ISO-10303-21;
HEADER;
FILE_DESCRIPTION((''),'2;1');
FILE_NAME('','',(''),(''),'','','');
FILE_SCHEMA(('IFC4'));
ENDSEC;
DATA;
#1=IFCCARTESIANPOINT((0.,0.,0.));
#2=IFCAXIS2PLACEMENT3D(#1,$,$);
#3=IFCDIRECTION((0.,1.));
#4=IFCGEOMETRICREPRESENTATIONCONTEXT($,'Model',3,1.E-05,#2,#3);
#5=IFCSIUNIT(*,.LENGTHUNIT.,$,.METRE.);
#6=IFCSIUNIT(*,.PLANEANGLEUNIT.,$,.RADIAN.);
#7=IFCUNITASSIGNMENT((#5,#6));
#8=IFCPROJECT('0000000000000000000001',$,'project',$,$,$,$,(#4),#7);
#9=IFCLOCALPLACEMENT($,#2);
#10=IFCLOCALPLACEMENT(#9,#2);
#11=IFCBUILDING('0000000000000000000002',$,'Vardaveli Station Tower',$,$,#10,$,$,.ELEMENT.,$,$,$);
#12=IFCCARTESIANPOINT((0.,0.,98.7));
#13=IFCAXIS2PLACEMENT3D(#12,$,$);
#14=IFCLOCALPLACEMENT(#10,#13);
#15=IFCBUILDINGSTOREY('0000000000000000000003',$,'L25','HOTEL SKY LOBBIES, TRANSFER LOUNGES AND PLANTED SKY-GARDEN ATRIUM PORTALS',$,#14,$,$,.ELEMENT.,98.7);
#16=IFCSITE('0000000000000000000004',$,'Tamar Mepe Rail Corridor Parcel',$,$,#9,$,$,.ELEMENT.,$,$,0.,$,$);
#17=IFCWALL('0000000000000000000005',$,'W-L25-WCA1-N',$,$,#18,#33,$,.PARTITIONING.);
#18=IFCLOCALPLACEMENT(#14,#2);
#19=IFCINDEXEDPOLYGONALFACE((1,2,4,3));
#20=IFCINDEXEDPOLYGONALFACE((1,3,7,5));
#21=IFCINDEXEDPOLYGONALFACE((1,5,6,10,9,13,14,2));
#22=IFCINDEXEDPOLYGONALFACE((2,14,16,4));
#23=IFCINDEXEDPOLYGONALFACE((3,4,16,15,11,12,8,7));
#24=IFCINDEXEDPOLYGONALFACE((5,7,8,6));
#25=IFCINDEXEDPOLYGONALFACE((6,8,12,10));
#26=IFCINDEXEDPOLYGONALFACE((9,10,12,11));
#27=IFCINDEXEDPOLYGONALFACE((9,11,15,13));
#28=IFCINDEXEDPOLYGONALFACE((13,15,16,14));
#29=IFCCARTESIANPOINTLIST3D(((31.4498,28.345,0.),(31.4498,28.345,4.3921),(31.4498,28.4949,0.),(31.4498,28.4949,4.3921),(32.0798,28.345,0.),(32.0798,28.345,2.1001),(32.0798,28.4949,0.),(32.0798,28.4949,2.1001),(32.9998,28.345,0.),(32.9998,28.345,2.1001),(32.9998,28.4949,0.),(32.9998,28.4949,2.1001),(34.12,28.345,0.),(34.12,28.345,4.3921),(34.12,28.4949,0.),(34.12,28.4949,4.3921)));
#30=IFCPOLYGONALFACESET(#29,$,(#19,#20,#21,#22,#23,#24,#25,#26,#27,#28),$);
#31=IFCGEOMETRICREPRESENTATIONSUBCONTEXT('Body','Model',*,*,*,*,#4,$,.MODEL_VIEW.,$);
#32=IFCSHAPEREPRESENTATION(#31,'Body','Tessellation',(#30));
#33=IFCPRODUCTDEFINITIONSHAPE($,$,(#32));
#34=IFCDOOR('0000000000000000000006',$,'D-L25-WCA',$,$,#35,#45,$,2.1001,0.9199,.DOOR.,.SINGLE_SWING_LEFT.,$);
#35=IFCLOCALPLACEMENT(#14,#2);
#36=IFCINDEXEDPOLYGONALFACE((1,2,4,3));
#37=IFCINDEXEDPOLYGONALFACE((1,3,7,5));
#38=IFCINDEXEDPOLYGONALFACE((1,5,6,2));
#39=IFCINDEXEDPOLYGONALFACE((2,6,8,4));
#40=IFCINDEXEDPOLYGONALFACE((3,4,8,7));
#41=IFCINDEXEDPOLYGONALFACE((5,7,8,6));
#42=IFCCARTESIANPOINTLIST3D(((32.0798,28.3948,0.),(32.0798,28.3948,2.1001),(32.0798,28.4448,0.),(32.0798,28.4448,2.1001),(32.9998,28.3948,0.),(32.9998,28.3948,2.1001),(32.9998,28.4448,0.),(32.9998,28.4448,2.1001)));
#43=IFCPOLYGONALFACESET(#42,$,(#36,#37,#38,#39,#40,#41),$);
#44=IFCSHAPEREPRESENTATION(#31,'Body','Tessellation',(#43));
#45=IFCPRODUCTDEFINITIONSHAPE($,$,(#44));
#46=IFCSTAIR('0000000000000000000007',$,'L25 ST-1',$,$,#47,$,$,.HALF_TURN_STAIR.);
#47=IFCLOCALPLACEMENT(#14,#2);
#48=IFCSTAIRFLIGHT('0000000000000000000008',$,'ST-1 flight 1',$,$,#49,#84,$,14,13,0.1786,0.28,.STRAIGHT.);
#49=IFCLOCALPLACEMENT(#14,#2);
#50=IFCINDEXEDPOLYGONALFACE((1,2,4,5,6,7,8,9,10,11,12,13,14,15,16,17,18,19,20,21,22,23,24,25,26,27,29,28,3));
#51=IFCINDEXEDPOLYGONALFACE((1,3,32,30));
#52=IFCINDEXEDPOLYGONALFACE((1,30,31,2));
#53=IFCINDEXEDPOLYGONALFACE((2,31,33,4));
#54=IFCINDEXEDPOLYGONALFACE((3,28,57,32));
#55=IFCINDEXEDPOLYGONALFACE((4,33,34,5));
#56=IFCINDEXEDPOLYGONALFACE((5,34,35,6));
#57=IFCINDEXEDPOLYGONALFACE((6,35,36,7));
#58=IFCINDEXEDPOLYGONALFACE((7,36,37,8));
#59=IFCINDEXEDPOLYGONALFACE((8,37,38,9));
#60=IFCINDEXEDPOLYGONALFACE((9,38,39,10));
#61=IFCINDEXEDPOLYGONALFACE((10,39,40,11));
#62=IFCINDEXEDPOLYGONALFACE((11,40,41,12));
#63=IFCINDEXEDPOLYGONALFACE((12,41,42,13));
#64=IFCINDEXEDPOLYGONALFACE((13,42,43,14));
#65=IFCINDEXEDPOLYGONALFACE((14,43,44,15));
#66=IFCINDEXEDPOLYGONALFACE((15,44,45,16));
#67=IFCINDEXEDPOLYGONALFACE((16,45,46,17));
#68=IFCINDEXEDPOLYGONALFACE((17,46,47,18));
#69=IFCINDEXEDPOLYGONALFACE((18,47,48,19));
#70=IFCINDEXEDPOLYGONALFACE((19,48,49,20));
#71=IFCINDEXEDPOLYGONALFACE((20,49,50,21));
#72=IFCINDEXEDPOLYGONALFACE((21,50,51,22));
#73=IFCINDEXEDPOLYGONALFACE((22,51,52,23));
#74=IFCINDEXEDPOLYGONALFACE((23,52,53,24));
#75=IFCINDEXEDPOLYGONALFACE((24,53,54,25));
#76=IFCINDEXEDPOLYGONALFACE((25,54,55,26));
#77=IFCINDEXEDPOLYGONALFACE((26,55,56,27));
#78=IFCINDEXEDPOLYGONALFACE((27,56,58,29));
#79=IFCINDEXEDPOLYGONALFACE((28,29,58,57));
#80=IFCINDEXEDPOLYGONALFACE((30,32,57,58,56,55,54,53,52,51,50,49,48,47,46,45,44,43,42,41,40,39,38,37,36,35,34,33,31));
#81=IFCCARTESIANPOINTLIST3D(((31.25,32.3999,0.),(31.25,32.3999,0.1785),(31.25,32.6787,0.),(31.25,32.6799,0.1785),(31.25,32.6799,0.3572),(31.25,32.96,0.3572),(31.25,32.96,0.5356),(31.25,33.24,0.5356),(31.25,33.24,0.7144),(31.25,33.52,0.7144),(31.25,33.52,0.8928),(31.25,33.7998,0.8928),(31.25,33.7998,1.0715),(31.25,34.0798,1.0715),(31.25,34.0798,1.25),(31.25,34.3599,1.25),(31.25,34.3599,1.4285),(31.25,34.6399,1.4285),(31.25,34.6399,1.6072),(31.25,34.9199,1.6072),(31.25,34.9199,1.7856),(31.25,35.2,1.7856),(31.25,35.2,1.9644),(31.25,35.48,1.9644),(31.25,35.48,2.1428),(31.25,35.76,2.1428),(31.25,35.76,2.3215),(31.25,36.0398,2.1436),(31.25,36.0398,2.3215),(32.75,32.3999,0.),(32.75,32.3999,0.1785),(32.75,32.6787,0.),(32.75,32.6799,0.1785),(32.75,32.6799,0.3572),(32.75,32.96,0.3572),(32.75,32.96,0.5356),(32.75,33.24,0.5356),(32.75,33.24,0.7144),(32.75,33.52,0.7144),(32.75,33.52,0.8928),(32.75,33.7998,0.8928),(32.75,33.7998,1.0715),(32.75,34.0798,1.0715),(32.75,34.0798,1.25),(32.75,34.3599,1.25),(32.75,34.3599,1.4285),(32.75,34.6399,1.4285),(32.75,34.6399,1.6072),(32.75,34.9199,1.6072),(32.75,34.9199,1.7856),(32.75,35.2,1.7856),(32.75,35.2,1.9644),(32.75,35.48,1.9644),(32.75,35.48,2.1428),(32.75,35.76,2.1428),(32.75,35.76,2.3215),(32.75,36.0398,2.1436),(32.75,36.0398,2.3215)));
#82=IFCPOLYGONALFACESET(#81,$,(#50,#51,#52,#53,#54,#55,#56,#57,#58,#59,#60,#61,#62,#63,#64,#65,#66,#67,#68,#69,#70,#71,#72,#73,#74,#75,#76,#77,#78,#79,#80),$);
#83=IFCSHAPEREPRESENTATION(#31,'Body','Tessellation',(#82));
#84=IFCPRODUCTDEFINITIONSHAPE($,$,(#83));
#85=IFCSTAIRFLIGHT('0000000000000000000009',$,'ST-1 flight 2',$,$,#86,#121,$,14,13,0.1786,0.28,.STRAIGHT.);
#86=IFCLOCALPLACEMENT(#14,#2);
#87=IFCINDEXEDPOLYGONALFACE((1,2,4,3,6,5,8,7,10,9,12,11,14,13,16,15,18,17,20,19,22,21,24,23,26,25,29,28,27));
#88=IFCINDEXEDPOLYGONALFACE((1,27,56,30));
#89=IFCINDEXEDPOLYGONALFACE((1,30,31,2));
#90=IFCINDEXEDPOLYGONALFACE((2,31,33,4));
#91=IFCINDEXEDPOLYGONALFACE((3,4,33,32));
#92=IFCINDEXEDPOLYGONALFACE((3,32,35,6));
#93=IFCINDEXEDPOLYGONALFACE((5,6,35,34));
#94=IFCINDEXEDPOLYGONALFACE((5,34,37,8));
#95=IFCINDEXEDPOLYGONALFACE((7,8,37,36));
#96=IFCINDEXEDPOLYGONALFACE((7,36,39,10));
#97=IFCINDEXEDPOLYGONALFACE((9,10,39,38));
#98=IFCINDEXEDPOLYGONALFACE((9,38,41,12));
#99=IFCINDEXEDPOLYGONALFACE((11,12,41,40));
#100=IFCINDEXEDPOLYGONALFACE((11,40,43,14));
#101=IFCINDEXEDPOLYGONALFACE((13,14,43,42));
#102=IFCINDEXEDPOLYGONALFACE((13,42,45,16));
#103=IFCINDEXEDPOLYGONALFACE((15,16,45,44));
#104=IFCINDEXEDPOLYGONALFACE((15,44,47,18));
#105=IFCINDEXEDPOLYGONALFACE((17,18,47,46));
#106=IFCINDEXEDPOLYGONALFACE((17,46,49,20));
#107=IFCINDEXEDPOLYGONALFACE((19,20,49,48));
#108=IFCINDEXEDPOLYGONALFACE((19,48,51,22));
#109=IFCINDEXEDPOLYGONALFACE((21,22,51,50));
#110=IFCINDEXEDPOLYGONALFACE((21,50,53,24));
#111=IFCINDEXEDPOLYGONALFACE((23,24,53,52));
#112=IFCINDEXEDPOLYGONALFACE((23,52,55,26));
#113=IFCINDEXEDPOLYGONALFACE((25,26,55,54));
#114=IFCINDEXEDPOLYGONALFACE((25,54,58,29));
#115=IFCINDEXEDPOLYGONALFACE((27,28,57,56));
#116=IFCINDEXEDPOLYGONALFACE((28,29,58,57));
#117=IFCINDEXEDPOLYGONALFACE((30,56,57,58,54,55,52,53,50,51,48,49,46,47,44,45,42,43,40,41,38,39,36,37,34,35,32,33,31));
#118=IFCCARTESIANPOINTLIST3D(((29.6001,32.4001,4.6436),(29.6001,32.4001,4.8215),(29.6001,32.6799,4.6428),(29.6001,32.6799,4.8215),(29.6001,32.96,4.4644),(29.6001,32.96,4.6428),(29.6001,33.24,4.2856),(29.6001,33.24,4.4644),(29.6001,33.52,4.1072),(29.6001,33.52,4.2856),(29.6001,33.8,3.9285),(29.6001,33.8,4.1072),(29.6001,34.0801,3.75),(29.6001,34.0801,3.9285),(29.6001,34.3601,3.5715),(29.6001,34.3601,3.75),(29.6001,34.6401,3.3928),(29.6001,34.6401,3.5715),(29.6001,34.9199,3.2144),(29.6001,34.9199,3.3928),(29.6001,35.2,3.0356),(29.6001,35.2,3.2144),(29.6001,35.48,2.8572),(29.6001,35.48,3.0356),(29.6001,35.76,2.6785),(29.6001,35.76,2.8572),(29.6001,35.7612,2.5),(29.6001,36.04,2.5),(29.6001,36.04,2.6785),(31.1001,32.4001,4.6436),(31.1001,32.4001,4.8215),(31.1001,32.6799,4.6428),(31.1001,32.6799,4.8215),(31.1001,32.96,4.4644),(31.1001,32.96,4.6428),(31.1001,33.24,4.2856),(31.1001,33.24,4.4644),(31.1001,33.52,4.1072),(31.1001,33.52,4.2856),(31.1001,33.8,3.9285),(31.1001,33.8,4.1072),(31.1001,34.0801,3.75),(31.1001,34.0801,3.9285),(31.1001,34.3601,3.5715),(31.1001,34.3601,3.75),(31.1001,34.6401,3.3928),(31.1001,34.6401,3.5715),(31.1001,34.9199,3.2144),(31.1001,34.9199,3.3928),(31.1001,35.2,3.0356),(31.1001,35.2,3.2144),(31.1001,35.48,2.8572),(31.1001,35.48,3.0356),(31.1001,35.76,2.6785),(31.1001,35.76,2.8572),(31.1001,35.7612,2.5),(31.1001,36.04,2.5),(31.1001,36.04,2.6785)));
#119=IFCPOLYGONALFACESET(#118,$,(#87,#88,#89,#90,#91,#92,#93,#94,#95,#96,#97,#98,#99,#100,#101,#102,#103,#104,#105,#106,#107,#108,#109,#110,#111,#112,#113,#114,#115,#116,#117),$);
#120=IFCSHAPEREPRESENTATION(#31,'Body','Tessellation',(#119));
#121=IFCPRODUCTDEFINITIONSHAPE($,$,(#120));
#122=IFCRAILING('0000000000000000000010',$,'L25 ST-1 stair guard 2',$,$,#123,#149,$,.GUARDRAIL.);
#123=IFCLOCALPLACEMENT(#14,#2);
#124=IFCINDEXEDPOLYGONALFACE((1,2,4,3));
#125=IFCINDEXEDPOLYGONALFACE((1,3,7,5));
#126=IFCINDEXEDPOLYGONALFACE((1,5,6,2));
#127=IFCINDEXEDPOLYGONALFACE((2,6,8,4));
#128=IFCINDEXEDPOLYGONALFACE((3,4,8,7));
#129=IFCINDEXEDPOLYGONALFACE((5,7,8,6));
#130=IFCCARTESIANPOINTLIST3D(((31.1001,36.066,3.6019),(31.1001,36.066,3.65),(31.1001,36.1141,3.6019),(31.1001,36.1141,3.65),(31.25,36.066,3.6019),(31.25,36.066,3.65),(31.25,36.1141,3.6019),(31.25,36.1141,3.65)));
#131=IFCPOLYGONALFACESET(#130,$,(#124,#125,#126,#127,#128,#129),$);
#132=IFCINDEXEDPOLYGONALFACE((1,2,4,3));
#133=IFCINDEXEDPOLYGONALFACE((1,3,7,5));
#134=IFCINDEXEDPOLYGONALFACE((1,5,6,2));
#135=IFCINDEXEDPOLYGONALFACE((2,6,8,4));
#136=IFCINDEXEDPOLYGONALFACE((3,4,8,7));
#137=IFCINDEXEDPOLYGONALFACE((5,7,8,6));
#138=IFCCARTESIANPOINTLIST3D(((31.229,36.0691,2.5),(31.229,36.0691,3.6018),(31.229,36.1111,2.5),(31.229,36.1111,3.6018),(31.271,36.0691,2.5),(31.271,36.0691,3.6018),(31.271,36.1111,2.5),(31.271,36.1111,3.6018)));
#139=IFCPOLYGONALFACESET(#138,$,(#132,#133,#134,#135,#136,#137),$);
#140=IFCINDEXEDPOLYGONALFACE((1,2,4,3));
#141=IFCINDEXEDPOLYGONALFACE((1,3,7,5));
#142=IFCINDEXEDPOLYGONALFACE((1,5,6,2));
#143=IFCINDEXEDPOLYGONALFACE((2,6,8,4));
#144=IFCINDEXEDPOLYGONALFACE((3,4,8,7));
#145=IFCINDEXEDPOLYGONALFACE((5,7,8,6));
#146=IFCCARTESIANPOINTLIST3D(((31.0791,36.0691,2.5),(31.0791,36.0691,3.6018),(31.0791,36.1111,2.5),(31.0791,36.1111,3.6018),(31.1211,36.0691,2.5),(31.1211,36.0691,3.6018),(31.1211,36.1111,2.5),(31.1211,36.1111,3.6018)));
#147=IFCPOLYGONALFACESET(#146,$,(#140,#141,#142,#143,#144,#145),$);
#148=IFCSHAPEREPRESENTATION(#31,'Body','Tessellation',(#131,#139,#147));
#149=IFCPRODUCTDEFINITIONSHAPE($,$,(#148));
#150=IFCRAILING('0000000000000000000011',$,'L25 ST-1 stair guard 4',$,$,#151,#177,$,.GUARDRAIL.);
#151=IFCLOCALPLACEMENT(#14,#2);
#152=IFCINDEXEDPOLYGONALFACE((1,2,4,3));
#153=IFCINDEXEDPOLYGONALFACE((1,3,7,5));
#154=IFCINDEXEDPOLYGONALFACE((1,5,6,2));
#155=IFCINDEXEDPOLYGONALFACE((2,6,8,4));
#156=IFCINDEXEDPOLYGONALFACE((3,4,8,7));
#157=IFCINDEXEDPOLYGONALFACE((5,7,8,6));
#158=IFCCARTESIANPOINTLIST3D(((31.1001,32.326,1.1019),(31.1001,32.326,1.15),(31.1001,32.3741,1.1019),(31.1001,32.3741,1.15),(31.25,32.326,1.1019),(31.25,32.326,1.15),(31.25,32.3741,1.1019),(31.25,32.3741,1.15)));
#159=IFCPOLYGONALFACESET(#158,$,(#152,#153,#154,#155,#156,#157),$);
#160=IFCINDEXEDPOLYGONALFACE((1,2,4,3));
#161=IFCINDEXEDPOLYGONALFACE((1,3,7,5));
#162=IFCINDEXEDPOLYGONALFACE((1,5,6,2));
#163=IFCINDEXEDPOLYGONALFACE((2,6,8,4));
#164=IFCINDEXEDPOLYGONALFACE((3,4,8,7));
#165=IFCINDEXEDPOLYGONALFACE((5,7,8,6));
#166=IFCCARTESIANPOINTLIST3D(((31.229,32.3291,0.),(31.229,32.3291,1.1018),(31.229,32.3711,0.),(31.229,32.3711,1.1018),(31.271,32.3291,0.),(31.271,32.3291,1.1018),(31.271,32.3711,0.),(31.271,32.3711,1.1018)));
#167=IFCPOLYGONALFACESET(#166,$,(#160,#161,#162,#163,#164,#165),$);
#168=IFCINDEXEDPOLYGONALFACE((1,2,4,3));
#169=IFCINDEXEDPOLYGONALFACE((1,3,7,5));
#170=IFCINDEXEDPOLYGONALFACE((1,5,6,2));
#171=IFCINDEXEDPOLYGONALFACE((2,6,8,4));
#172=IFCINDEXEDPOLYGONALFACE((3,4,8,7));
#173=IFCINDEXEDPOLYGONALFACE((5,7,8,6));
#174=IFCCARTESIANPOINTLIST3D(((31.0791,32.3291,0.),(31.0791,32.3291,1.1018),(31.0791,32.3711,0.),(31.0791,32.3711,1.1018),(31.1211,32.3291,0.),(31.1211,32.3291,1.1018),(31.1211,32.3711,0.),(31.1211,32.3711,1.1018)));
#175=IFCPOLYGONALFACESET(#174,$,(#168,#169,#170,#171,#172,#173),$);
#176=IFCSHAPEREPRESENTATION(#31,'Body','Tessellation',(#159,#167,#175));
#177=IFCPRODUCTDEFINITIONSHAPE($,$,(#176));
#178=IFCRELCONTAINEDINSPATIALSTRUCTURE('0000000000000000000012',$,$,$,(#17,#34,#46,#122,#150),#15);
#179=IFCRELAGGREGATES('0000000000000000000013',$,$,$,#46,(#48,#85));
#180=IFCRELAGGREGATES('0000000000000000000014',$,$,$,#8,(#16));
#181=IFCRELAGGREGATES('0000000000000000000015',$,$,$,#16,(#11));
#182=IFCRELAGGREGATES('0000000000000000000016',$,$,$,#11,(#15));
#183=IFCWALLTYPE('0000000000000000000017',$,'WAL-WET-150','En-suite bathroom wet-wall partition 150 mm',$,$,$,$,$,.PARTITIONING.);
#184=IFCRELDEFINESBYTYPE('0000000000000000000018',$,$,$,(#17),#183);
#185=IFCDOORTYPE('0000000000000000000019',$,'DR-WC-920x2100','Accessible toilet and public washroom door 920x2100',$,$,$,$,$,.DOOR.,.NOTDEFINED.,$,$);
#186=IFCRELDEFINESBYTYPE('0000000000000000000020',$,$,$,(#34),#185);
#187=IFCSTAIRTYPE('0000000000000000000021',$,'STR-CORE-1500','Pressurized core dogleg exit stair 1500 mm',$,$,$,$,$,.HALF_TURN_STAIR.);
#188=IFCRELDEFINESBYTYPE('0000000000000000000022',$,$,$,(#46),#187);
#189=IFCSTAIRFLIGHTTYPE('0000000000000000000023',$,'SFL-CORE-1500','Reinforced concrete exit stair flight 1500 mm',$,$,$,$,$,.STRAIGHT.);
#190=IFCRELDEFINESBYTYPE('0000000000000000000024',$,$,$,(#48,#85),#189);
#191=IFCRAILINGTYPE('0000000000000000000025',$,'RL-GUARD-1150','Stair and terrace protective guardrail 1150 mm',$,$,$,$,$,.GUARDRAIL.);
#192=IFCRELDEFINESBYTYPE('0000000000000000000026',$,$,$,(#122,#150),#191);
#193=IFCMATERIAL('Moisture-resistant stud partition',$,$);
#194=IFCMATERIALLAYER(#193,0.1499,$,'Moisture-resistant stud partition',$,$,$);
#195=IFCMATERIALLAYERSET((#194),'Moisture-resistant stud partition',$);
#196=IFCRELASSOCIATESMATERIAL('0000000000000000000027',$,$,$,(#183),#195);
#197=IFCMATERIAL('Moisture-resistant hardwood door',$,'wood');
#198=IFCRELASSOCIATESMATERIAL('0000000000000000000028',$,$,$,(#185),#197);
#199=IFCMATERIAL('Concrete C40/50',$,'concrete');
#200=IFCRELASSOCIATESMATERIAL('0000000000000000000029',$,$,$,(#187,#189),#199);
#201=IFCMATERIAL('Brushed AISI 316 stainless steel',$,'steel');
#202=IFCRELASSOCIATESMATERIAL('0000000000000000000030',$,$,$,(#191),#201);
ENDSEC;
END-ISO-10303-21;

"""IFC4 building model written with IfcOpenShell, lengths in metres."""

from ifc_helpers import new_model, si_unit, direction, frame, frame_2d, origin, origin_2d, place, context, subcontext, project, spatial, polyline, rectangle, outline, extrude, source, transform, mapped, material, layer, layer_set, type_object, element, fill, aggregate, save


model = new_model("IFC4")

# Units and contexts
model_context = context("Model", 3, precision=1e-05, world=origin(), true_north=direction((0.0, 1.0)))
body_context = subcontext(model_context, "Body", "Model", "MODEL_VIEW")
ifc_project = project(units=[si_unit("LENGTHUNIT", "METRE"), si_unit("PLANEANGLEUNIT", "RADIAN")], contexts=[model_context])

# Site, building, storey
site_placement = place(None, origin())
site = spatial("IfcSite", under=ifc_project, at=site_placement, Name="Tamar Mepe Rail Corridor Parcel", CompositionType="ELEMENT", RefElevation=0.0)
building_placement = place(site_placement, origin())
building = spatial("IfcBuilding", under=site, at=building_placement, Name="Vardaveli Station Tower", CompositionType="ELEMENT")
storey_placement = place(building_placement, frame((0.0, 0.0, 98.7)))
storey = spatial("IfcBuildingStorey", under=building, at=storey_placement, Name="L25", Description="HOTEL SKY LOBBIES, TRANSFER LOUNGES AND PLANTED SKY-GARDEN ATRIUM PORTALS", CompositionType="ELEMENT", Elevation=98.7)

# Shared definitions
ifc_material_1 = material(Name="Concrete C40/50", Category="concrete")

# Wall, opening, door
ifc_material_2 = material(Name="Moisture-resistant stud partition")
ifc_layer_1 = layer(ifc_material_2, 0.1499, Name="Moisture-resistant stud partition")
ifc_layer_set_1 = layer_set([ifc_layer_1], Name="Moisture-resistant stud partition")
wall_type_1 = type_object("IfcWallType", Name="WAL-WET-150", Description="En-suite bathroom wet-wall partition 150 mm", PredefinedType="PARTITIONING", material=ifc_layer_set_1)
shared_shape_1 = source(origin(), body_context, "Body", "SweptSolid", [
    extrude(rectangle(XDim=2.6702, YDim=0.1499, at=frame_2d((1.335, 0.0))), origin(), (0.0, 0.0, 1.0), 4.3921),
])
wall_1_placement = place(storey_placement, frame((31.45, 28.4199, 0.0), z_axis=(0.0, 0.0, 1.0), x_axis=(1.0, 0.0, 0.0)))
wall_1 = element("IfcWall", 1, at=wall_1_placement, inside=storey, type_object=wall_type_1, Name="W-L25-WCA1-N", PredefinedType="PARTITIONING", context=body_context, shape_type="MappedRepresentation", body=[
    mapped(shared_shape_1, transform((0.0, 0.0, 0.0), scale=1.0)),
])
shared_shape_2 = source(origin(), body_context, "Body", "SweptSolid", [
    extrude(rectangle(XDim=0.9199, YDim=2.1001, at=frame_2d((0.46, 1.05))), frame((0.0, 0.085, 0.0), z_axis=(0.0, -1.0, 0.0), x_axis=(1.0, 0.0, 0.0)), (0.0, 0.0, 1.0), 0.1699),
])
opening_1_placement = place(wall_1_placement, frame((0.6299, 0.0, 0.0)))
opening_1 = element("IfcOpeningElement", 2, at=opening_1_placement, cuts=wall_1, PredefinedType="OPENING", context=body_context, shape_type="MappedRepresentation", body=[
    mapped(shared_shape_2, transform((0.0, 0.0, 0.0), scale=1.0)),
])
ifc_material_3 = material(Name="Moisture-resistant hardwood door", Category="wood")
door_type_1 = type_object("IfcDoorType", Name="DR-WC-920x2100", Description="Accessible toilet and public washroom door 920x2100", OperationType="NOTDEFINED", PredefinedType="DOOR", material=ifc_material_3)
shared_shape_3 = source(origin(), body_context, "Body", "SweptSolid", [
    extrude(rectangle(XDim=0.9199, YDim=2.1001, at=frame_2d((0.46, 1.05))), frame((0.0, 0.0249, 0.0), z_axis=(0.0, -1.0, 0.0), x_axis=(1.0, 0.0, 0.0)), (0.0, 0.0, 1.0), 0.05),
])
door_1_placement = place(opening_1_placement, origin())
door_1 = element("IfcDoor", 3, at=door_1_placement, inside=storey, type_object=door_type_1, Name="D-L25-WCA", OperationType="SINGLE_SWING_LEFT", OverallHeight=2.1001, OverallWidth=0.9199, PredefinedType="DOOR", context=body_context, shape_type="MappedRepresentation", body=[
    mapped(shared_shape_3, transform((0.0, 0.0, 0.0), scale=1.0)),
])
fill(opening_1, door_1)

# Stair, stair flights
stair_type = type_object("IfcStairType", Name="STR-CORE-1500", Description="Pressurized core dogleg exit stair 1500 mm", PredefinedType="HALF_TURN_STAIR", material=ifc_material_1)
stair_placement = place(storey_placement, origin())
stair = element("IfcStair", 4, at=stair_placement, inside=storey, type_object=stair_type, Name="L25 ST-1", PredefinedType="HALF_TURN_STAIR")
stair_flight_type = type_object("IfcStairFlightType", Name="SFL-CORE-1500", Description="Reinforced concrete exit stair flight 1500 mm", PredefinedType="STRAIGHT", material=ifc_material_1)
shared_shape_4 = source(origin(), body_context, "Body", "SweptSolid", [
    extrude(outline(polyline([(0.0, 0.0), (0.0, 0.1785), (0.28, 0.1785), (0.28, 0.3572), (0.5601, 0.3572), (0.5601, 0.5356), (0.8401, 0.5356), (0.8401, 0.7144), (1.1201, 0.7144), (1.1201, 0.8928), (1.3999, 0.8928), (1.3999, 1.0715), (1.6799, 1.0715), (1.6799, 1.25), (1.96, 1.25), (1.96, 1.4285), (2.24, 1.4285), (2.24, 1.6072), (2.52, 1.6072), (2.52, 1.7856), (2.8, 1.7856), (2.8, 1.9644), (3.0801, 1.9644), (3.0801, 2.1428), (3.3601, 2.1428), (3.3601, 2.3215), (3.6399, 2.3215), (3.6399, 2.5), (3.6399, 2.1436), (0.2788, 0.0), (0.0, 0.0)])), frame((0.0, 0.75, 0.0), z_axis=(0.0, -1.0, 0.0), x_axis=(1.0, 0.0, 0.0)), (0.0, 0.0, 1.0), 1.5),
])
stair_flight_1_placement = place(storey_placement, frame((32.0, 32.3999, 0.0), z_axis=(0.0, 0.0, 1.0), x_axis=(0.0, 1.0, 0.0)))
stair_flight_1 = element("IfcStairFlight", 5, at=stair_flight_1_placement, type_object=stair_flight_type, Name="ST-1 flight 1", NumberOfRisers=14, NumberOfTreads=13, PredefinedType="STRAIGHT", RiserHeight=0.1786, TreadLength=0.28, context=body_context, shape_type="MappedRepresentation", body=[
    mapped(shared_shape_4, transform((0.0, 0.0, 0.0), scale=1.0)),
])
stair_flight_2_placement = place(storey_placement, frame((30.3501, 36.04, 2.5), z_axis=(0.0, 0.0, 1.0), x_axis=(0.0, -1.0, 0.0)))
stair_flight_2 = element("IfcStairFlight", 6, at=stair_flight_2_placement, type_object=stair_flight_type, Name="ST-1 flight 2", NumberOfRisers=14, NumberOfTreads=13, PredefinedType="STRAIGHT", RiserHeight=0.1786, TreadLength=0.28, context=body_context, shape_type="MappedRepresentation", body=[
    mapped(shared_shape_4, transform((0.0, 0.0, 0.0), scale=1.0)),
])
aggregate(stair, [stair_flight_1, stair_flight_2])

# Railings
ifc_material_4 = material(Name="Brushed AISI 316 stainless steel", Category="steel")
railing_type_1 = type_object("IfcRailingType", Name="RL-GUARD-1150", Description="Stair and terrace protective guardrail 1150 mm", PredefinedType="GUARDRAIL", material=ifc_material_4)
shared_shape_5 = source(origin(), body_context, "Body", "SweptSolid", [
    extrude(rectangle(XDim=0.0481, YDim=0.0481, at=origin_2d()), frame((0.0, 0.0, 1.126), z_axis=(-1.0, 0.0, 0.0), x_axis=(0.0, -1.0, 0.0)), (0.0, 0.0, 1.0), 0.1499),
    extrude(rectangle(XDim=0.042, YDim=0.042, at=origin_2d()), origin(), (0.0, 0.0, 1.0), 1.1018),
    extrude(rectangle(XDim=0.042, YDim=0.042, at=origin_2d()), frame((-0.1499, 0.0, 0.0)), (0.0, 0.0, 1.0), 1.1018),
])
for number, where, name in (
    (7, (31.25, 36.0901, 2.5), "L25 ST-1 stair guard 2"),
    (8, (31.25, 32.3501, 0.0), "L25 ST-1 stair guard 4"),
):
    element("IfcRailing", number, at=place(storey_placement, frame(where)), inside=storey, type_object=railing_type_1, Name=name, PredefinedType="GUARDRAIL", context=body_context, shape_type="MappedRepresentation", body=[
        mapped(shared_shape_5, transform((0.0, 0.0, 0.0), scale=1.0)),
    ])

save(model, "model.ifc")
